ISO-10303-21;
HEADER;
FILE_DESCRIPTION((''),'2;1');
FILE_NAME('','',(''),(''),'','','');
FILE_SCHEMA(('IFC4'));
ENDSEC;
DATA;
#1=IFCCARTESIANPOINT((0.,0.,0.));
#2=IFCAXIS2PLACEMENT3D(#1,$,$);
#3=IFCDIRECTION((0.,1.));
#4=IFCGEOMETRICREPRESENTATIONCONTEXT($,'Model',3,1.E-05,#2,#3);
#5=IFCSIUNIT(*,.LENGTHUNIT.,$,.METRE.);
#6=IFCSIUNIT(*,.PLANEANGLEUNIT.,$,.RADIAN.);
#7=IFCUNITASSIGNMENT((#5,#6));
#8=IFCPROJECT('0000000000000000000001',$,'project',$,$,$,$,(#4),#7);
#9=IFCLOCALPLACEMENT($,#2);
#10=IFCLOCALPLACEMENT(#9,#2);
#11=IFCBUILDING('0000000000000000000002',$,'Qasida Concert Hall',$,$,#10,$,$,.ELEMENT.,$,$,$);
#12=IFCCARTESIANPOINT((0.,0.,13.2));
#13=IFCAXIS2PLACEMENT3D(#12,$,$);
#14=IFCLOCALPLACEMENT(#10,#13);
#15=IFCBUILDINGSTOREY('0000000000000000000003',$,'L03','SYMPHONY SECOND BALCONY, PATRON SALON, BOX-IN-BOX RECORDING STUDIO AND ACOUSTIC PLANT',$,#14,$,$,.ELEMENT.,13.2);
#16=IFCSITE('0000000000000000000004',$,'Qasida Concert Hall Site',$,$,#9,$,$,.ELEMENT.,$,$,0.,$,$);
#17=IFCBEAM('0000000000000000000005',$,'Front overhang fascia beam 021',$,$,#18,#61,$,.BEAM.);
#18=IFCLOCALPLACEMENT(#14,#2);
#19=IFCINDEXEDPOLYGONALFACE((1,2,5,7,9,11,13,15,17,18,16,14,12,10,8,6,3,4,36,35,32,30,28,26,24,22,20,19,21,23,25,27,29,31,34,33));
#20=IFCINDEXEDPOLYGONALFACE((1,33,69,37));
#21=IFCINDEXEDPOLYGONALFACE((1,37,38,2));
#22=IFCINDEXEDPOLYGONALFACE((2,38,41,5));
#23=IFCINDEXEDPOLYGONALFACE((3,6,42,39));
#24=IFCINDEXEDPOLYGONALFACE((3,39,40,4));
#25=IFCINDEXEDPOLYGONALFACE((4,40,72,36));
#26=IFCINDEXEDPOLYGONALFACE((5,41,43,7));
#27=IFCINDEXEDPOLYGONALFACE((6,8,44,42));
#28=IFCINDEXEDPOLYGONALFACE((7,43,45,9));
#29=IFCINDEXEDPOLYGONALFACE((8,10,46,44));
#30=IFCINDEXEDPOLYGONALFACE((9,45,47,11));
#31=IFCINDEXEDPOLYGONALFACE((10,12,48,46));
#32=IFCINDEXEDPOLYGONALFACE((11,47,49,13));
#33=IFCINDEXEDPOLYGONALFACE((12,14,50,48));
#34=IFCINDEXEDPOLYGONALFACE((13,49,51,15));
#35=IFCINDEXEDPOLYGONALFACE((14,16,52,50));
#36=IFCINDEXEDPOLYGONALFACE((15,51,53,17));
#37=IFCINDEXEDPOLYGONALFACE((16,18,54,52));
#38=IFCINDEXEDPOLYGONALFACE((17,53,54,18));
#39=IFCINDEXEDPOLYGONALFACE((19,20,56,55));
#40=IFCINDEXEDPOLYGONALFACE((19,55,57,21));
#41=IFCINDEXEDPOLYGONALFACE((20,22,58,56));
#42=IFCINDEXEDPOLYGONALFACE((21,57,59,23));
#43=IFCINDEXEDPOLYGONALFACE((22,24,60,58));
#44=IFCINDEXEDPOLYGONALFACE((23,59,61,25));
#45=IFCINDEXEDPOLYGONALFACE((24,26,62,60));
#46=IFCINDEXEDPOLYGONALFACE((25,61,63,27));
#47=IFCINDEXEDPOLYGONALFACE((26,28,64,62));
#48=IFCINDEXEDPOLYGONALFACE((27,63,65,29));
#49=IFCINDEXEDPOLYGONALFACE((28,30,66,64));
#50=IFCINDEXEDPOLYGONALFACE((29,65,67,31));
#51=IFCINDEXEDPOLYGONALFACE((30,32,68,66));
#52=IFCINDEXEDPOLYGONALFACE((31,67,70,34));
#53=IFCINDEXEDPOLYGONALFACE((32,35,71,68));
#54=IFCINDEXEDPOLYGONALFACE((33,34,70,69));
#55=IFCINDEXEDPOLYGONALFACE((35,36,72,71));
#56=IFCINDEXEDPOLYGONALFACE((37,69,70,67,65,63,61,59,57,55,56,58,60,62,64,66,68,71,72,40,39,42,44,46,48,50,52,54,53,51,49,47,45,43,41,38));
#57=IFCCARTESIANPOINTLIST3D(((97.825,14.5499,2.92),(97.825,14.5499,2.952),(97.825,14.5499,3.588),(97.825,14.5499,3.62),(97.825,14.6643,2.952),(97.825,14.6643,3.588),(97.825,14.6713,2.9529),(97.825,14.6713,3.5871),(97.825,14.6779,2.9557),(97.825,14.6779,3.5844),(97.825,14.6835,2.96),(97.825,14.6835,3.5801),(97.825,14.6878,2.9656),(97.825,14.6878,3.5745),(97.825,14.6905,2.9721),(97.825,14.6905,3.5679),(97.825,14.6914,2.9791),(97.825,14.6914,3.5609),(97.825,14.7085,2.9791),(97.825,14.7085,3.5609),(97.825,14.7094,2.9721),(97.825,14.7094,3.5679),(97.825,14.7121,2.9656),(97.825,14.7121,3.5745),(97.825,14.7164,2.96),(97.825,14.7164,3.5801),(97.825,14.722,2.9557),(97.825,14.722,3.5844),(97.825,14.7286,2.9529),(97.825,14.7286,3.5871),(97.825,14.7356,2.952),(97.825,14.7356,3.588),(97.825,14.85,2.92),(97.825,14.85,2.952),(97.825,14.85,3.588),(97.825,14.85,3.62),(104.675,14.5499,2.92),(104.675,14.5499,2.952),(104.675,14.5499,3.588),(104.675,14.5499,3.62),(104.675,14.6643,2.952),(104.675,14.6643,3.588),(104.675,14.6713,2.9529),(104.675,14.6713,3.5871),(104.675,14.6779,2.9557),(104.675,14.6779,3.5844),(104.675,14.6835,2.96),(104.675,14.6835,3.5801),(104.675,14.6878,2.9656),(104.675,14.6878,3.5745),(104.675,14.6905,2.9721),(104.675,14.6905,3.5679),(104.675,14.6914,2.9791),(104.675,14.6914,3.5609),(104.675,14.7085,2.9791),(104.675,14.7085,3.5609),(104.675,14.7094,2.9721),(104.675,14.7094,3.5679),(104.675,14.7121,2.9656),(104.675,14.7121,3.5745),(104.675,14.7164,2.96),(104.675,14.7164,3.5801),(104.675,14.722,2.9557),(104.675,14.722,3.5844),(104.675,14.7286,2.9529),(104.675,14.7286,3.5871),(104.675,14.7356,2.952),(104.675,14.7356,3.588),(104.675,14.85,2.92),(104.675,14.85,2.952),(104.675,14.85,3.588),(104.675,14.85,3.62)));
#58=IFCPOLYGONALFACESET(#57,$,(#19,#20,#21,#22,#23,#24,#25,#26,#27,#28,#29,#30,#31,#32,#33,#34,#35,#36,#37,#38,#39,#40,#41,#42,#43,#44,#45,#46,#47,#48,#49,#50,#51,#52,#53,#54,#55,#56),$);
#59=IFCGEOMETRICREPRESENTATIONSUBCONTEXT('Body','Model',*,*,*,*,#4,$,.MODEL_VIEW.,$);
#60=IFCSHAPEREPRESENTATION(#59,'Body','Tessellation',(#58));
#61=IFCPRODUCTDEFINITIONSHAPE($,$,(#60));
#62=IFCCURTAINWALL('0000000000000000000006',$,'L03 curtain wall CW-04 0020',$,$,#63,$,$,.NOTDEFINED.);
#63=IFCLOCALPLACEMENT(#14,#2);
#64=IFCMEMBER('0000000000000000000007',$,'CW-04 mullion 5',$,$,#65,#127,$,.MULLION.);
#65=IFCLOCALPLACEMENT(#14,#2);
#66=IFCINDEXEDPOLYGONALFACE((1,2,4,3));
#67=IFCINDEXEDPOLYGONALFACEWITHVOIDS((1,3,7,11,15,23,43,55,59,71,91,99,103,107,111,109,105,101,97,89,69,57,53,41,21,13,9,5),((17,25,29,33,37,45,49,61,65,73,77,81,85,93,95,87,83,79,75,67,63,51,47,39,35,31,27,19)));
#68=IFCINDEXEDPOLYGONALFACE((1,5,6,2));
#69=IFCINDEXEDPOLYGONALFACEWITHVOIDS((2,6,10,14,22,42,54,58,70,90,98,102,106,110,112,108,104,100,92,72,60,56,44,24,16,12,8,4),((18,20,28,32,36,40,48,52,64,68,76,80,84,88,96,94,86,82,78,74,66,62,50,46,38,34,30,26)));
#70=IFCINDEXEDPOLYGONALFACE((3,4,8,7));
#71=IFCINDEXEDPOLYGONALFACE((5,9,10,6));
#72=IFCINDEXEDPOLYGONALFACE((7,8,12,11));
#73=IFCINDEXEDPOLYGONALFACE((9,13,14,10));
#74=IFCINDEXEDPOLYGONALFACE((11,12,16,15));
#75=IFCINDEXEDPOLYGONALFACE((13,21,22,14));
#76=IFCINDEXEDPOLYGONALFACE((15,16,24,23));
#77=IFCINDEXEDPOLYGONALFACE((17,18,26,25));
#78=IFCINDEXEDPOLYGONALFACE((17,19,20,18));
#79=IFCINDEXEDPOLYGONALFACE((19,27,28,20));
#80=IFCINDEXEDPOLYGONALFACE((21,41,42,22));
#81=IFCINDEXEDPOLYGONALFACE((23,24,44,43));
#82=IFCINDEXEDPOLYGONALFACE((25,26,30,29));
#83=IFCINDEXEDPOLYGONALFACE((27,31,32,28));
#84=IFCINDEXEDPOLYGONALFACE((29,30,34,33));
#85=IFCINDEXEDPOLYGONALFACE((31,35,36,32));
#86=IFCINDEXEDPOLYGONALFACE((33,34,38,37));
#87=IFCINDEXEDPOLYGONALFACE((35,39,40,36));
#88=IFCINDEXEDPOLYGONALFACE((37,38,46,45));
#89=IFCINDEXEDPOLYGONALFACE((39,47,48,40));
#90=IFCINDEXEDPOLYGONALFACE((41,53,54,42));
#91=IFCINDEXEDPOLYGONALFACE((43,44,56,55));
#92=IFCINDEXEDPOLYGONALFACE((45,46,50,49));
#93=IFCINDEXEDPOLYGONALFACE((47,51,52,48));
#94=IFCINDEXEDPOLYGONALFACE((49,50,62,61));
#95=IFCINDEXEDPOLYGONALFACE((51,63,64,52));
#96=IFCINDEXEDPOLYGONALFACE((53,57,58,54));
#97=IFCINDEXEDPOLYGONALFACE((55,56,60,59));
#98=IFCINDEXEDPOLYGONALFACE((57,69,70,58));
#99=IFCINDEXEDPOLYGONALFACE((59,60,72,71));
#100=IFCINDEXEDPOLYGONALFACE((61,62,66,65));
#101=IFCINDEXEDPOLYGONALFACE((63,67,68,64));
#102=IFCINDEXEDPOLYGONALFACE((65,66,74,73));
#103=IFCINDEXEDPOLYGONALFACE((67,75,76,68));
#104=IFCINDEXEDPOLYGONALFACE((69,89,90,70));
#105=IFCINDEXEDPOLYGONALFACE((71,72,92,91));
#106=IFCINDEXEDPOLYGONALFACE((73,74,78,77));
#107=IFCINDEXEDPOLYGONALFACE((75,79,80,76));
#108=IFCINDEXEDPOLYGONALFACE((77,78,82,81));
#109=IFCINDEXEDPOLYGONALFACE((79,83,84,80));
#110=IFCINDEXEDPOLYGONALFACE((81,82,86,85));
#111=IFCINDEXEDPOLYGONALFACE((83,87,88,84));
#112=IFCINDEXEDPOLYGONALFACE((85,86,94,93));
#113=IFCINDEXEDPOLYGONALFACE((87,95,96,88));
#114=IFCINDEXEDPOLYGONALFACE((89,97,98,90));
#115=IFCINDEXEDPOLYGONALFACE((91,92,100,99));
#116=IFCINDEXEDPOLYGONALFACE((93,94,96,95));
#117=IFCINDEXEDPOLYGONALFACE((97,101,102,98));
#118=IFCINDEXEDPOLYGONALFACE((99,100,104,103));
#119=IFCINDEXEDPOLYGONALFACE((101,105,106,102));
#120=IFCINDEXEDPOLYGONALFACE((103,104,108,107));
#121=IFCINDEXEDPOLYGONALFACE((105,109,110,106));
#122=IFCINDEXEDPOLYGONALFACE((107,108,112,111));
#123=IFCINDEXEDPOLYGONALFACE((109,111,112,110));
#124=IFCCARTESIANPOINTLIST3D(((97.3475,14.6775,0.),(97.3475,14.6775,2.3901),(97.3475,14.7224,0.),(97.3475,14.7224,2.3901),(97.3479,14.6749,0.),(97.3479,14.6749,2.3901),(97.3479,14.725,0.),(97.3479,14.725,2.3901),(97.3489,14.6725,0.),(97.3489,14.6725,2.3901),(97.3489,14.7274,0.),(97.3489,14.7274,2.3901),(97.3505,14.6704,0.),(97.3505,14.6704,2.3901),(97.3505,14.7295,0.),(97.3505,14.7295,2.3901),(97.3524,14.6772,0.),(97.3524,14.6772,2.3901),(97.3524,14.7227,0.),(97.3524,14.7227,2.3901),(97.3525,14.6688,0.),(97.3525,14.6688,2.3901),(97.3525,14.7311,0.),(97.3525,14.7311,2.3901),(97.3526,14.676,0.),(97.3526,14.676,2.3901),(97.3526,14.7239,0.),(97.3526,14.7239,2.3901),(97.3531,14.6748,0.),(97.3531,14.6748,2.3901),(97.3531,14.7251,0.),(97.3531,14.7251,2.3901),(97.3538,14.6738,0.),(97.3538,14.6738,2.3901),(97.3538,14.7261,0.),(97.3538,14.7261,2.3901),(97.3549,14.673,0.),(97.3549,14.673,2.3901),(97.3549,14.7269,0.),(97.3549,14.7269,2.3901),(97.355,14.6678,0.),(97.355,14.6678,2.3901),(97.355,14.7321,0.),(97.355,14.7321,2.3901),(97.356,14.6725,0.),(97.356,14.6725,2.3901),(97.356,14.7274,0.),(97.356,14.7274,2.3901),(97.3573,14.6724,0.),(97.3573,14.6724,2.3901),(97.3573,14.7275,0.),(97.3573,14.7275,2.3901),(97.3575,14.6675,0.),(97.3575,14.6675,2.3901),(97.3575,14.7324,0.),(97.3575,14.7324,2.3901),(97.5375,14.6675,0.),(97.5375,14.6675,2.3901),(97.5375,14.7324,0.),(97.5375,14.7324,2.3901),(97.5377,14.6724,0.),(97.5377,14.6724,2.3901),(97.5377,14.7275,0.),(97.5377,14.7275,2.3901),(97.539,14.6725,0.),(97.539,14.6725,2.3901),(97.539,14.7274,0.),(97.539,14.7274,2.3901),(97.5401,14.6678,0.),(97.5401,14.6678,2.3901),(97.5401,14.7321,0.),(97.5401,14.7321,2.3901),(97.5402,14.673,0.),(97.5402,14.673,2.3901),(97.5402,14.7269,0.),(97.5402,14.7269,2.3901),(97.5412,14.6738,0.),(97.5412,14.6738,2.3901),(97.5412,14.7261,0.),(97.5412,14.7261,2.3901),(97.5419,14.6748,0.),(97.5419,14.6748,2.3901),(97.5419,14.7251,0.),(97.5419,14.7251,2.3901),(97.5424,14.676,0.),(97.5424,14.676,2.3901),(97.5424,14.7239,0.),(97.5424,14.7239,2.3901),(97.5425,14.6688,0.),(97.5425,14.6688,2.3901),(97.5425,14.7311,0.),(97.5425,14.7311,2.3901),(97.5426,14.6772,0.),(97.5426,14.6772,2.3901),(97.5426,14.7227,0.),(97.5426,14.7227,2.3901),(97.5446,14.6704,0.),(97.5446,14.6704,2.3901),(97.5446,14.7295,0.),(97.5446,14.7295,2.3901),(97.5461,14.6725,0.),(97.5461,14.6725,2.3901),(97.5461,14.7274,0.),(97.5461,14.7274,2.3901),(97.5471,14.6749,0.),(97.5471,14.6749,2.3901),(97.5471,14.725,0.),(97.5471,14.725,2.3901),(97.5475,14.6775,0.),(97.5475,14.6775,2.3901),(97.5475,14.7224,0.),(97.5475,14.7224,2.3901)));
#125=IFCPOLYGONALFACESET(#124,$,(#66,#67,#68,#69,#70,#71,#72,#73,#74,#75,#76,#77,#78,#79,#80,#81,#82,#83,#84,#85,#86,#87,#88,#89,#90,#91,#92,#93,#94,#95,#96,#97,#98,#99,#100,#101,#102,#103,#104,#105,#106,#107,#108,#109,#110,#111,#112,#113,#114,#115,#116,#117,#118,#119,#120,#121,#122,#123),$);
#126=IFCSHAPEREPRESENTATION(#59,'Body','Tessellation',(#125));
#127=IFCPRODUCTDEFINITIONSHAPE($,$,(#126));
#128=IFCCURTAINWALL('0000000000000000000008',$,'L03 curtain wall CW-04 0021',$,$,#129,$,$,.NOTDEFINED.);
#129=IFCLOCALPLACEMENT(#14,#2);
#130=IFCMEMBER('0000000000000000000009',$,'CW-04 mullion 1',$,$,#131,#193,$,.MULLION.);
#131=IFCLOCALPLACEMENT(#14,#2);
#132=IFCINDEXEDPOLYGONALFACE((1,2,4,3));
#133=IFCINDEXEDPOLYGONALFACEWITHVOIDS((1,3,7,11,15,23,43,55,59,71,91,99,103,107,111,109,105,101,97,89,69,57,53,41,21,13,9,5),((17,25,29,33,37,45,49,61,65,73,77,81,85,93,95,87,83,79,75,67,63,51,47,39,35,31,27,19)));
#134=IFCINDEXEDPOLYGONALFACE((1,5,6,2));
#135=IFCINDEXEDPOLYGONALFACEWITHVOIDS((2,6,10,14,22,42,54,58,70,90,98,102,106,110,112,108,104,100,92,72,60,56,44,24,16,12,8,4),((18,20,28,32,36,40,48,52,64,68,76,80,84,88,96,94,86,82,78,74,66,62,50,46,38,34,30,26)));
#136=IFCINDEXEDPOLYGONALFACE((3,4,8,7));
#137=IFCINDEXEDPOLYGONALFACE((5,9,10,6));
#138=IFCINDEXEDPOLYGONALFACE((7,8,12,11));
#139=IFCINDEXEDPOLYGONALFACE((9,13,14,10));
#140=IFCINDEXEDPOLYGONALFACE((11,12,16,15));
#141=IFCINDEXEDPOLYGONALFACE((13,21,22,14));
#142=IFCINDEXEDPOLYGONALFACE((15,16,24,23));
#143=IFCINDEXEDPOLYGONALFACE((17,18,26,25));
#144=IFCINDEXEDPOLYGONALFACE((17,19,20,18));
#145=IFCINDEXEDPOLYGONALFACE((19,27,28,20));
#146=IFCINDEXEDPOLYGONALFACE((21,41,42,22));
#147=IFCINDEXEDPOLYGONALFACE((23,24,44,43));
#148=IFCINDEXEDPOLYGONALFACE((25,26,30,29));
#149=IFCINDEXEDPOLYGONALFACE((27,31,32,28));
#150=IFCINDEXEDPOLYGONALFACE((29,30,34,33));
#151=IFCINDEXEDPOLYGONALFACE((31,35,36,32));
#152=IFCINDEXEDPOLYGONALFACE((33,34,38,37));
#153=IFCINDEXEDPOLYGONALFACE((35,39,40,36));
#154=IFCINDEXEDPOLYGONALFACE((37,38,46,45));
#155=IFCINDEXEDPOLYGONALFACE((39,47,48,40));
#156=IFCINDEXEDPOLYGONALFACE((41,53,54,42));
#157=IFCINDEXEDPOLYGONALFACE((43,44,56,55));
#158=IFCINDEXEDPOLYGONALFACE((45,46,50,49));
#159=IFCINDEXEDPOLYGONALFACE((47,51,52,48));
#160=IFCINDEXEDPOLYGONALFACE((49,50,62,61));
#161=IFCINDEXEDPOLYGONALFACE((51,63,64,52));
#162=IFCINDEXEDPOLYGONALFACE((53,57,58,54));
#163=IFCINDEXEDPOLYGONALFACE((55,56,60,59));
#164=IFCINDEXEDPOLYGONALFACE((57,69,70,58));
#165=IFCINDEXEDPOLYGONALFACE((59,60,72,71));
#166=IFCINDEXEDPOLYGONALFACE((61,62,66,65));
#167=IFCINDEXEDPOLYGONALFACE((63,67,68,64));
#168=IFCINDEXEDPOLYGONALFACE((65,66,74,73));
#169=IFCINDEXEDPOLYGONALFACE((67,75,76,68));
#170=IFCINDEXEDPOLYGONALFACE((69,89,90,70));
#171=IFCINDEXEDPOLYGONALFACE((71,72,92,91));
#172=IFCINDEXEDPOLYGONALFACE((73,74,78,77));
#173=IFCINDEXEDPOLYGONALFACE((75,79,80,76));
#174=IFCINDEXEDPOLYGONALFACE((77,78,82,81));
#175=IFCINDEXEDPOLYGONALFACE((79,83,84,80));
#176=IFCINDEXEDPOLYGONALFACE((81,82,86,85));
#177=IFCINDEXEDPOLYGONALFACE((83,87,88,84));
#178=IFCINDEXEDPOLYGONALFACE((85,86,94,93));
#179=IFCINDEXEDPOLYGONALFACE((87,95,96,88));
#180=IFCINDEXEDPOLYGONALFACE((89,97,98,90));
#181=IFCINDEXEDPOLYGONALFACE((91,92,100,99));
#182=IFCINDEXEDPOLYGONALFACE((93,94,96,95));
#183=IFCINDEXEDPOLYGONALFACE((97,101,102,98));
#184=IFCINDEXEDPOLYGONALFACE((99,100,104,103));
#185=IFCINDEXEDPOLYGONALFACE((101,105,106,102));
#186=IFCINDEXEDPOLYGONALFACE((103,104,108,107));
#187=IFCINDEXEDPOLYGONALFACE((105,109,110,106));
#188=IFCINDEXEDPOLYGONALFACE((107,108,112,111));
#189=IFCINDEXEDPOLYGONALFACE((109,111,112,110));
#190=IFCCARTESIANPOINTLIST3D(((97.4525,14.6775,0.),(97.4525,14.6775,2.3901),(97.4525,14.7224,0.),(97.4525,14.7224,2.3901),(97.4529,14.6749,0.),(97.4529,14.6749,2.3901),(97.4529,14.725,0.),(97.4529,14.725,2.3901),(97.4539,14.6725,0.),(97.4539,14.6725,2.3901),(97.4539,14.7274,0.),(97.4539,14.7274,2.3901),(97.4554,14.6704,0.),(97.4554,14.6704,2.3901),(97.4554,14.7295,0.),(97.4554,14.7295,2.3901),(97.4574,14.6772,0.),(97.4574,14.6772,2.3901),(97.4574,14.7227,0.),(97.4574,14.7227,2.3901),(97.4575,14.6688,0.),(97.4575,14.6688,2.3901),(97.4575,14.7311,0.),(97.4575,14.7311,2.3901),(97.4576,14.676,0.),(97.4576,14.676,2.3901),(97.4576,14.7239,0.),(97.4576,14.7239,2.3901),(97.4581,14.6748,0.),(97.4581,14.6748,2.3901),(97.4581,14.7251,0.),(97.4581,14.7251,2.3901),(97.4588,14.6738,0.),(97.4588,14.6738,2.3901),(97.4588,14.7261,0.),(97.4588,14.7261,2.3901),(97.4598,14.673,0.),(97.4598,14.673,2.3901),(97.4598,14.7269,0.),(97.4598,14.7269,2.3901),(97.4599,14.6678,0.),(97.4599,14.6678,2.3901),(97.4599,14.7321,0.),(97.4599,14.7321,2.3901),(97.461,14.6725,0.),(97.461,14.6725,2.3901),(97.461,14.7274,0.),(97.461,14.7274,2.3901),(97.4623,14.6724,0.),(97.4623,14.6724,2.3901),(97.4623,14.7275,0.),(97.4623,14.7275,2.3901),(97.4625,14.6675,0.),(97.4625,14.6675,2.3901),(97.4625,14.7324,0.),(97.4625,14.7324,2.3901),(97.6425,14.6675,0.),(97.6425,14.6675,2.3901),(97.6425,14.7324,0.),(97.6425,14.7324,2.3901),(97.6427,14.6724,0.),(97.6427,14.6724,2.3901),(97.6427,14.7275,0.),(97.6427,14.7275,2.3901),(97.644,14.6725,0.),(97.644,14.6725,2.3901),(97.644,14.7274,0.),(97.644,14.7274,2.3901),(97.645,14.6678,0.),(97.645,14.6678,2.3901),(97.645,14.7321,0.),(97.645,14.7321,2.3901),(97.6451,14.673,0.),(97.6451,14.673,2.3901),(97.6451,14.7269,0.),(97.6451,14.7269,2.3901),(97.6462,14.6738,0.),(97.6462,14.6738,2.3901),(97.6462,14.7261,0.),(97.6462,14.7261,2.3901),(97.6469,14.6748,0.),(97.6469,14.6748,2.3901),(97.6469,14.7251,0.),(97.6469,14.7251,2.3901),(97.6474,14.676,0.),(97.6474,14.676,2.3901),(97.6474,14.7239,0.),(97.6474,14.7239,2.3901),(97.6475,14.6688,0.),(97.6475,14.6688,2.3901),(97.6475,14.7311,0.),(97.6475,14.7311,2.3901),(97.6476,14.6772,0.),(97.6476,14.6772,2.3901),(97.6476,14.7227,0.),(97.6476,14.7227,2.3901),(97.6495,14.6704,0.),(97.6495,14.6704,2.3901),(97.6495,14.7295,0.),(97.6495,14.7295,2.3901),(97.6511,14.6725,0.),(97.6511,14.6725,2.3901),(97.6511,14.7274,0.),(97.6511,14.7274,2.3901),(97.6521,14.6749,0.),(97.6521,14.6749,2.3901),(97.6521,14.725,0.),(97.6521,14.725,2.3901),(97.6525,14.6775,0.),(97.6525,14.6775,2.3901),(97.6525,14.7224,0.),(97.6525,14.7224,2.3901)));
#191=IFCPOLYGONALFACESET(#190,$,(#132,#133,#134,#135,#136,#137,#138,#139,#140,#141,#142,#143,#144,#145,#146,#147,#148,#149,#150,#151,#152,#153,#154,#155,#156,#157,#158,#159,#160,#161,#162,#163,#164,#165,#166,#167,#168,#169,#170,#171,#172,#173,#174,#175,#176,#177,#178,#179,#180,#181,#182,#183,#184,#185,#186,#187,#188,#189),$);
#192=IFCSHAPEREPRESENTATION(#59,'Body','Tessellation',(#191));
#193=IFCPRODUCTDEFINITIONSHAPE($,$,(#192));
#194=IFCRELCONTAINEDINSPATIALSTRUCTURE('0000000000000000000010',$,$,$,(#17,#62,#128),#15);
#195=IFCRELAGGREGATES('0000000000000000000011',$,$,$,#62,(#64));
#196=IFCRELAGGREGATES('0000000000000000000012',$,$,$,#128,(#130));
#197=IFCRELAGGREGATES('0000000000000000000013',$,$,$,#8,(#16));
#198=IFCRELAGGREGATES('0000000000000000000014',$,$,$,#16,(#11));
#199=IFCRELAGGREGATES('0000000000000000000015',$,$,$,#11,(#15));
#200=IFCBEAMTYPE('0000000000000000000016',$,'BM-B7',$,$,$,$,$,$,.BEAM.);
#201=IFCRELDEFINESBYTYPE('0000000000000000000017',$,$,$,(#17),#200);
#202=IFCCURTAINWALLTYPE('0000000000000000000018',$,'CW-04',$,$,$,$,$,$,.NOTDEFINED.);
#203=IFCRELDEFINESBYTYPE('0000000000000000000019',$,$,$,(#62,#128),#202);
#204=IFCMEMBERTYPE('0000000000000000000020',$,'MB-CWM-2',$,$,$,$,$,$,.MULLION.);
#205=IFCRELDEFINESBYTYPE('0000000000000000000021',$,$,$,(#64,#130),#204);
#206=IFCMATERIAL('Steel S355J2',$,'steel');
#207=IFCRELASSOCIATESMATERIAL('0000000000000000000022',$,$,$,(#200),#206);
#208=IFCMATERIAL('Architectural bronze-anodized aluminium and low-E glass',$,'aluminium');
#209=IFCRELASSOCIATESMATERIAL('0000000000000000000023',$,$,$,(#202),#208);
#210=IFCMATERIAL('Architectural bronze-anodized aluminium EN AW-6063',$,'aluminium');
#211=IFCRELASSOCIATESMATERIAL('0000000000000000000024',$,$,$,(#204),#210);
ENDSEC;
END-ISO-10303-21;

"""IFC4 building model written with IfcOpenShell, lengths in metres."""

from ifc_helpers import new_model, si_unit, direction, frame, origin, origin_2d, place, context, subcontext, project, spatial, hollow_rectangle, i_section, extrude, material, material_profile, profile_set, type_object, element, aggregate, save


model = new_model("IFC4")

# Units and contexts
model_context = context("Model", 3, precision=1e-05, world=origin(), true_north=direction((0.0, 1.0)))
body_context = subcontext(model_context, "Body", "Model", "MODEL_VIEW")
ifc_project = project(units=[si_unit("LENGTHUNIT", "METRE"), si_unit("PLANEANGLEUNIT", "RADIAN")], contexts=[model_context])

# Site, building, storey
site_placement = place(None, origin())
site = spatial("IfcSite", under=ifc_project, at=site_placement, Name="Qasida Concert Hall Site", CompositionType="ELEMENT", RefElevation=0.0)
building_placement = place(site_placement, origin())
building = spatial("IfcBuilding", under=site, at=building_placement, Name="Qasida Concert Hall", CompositionType="ELEMENT")
storey_placement = place(building_placement, frame((0.0, 0.0, 13.2)))
storey = spatial("IfcBuildingStorey", under=building, at=storey_placement, Name="L03", Description="SYMPHONY SECOND BALCONY, PATRON SALON, BOX-IN-BOX RECORDING STUDIO AND ACOUSTIC PLANT", CompositionType="ELEMENT", Elevation=13.2)

# Beam
ifc_material_1 = material(Name="Steel S355J2", Category="steel")
ifc_material_profile_1 = material_profile(ifc_material_1, i_section(OverallWidth=0.3, OverallDepth=0.7, WebThickness=0.0171, FlangeThickness=0.032, FilletRadius=0.0271, at=origin_2d()), Name="HEB 700")
ifc_profile_set_1 = profile_set([ifc_material_profile_1], Name="Steel S355J2")
beam_type = type_object("IfcBeamType", Name="BM-B7", PredefinedType="BEAM", material=ifc_profile_set_1)
beam_placement = place(storey_placement, frame((97.825, 14.7, 3.27), z_axis=(1.0, 0.0, 0.0), x_axis=(0.0, 1.0, 0.0)))
element("IfcBeam", 1, at=beam_placement, inside=storey, type_object=beam_type, Name="Front overhang fascia beam 021", PredefinedType="BEAM", context=body_context, shape_type="SweptSolid", body=[
    extrude(i_section(OverallWidth=0.3, OverallDepth=0.7, WebThickness=0.0171, FlangeThickness=0.032, FilletRadius=0.0271, at=origin_2d()), origin(), (0.0, 0.0, 1.0), 6.8501),
])

# Curtain wall, member
ifc_material_2 = material(Name="Architectural bronze-anodized aluminium and low-E glass", Category="aluminium")
curtain_wall_type = type_object("IfcCurtainWallType", Name="CW-04", PredefinedType="NOTDEFINED", material=ifc_material_2)
curtain_wall_1_placement = place(storey_placement, origin())
curtain_wall_1 = element("IfcCurtainWall", 2, at=curtain_wall_1_placement, inside=storey, type_object=curtain_wall_type, Name="L03 curtain wall CW-04 0020", PredefinedType="NOTDEFINED")
ifc_material_3 = material(Name="Architectural bronze-anodized aluminium EN AW-6063", Category="aluminium")
ifc_material_profile_2 = material_profile(ifc_material_3, hollow_rectangle(XDim=0.0649, YDim=0.2, WallThickness=0.0049, InnerFilletRadius=0.0049, OuterFilletRadius=0.01, at=origin_2d()), Name="CWM 200x65x5")
ifc_profile_set_2 = profile_set([ifc_material_profile_2], Name="Architectural bronze-anodized aluminium EN AW-6063")
member_type_1 = type_object("IfcMemberType", Name="MB-CWM-2", PredefinedType="MULLION", material=ifc_profile_set_2)
member_1_placement = place(storey_placement, frame((97.4475, 14.7, 0.0), z_axis=(0.0, 0.0, 1.0), x_axis=(0.0, 1.0, 0.0)))
member_1 = element("IfcMember", 3, at=member_1_placement, type_object=member_type_1, Name="CW-04 mullion 5", PredefinedType="MULLION", context=body_context, shape_type="SweptSolid", body=[
    extrude(hollow_rectangle(XDim=0.0649, YDim=0.2, WallThickness=0.0049, InnerFilletRadius=0.0049, OuterFilletRadius=0.01, at=origin_2d()), origin(), (0.0, 0.0, 1.0), 2.3901),
])

# Curtain wall, member
curtain_wall_2_placement = place(storey_placement, origin())
curtain_wall_2 = element("IfcCurtainWall", 4, at=curtain_wall_2_placement, inside=storey, type_object=curtain_wall_type, Name="L03 curtain wall CW-04 0021", PredefinedType="NOTDEFINED")
member_2_placement = place(storey_placement, frame((97.5525, 14.7, 0.0), z_axis=(0.0, 0.0, 1.0), x_axis=(0.0, 1.0, 0.0)))
member_2 = element("IfcMember", 5, at=member_2_placement, type_object=member_type_1, Name="CW-04 mullion 1", PredefinedType="MULLION", context=body_context, shape_type="SweptSolid", body=[
    extrude(hollow_rectangle(XDim=0.0649, YDim=0.2, WallThickness=0.0049, InnerFilletRadius=0.0049, OuterFilletRadius=0.01, at=origin_2d()), origin(), (0.0, 0.0, 1.0), 2.3901),
])

aggregate(curtain_wall_1, [member_1])
aggregate(curtain_wall_2, [member_2])

save(model, "model.ifc")
